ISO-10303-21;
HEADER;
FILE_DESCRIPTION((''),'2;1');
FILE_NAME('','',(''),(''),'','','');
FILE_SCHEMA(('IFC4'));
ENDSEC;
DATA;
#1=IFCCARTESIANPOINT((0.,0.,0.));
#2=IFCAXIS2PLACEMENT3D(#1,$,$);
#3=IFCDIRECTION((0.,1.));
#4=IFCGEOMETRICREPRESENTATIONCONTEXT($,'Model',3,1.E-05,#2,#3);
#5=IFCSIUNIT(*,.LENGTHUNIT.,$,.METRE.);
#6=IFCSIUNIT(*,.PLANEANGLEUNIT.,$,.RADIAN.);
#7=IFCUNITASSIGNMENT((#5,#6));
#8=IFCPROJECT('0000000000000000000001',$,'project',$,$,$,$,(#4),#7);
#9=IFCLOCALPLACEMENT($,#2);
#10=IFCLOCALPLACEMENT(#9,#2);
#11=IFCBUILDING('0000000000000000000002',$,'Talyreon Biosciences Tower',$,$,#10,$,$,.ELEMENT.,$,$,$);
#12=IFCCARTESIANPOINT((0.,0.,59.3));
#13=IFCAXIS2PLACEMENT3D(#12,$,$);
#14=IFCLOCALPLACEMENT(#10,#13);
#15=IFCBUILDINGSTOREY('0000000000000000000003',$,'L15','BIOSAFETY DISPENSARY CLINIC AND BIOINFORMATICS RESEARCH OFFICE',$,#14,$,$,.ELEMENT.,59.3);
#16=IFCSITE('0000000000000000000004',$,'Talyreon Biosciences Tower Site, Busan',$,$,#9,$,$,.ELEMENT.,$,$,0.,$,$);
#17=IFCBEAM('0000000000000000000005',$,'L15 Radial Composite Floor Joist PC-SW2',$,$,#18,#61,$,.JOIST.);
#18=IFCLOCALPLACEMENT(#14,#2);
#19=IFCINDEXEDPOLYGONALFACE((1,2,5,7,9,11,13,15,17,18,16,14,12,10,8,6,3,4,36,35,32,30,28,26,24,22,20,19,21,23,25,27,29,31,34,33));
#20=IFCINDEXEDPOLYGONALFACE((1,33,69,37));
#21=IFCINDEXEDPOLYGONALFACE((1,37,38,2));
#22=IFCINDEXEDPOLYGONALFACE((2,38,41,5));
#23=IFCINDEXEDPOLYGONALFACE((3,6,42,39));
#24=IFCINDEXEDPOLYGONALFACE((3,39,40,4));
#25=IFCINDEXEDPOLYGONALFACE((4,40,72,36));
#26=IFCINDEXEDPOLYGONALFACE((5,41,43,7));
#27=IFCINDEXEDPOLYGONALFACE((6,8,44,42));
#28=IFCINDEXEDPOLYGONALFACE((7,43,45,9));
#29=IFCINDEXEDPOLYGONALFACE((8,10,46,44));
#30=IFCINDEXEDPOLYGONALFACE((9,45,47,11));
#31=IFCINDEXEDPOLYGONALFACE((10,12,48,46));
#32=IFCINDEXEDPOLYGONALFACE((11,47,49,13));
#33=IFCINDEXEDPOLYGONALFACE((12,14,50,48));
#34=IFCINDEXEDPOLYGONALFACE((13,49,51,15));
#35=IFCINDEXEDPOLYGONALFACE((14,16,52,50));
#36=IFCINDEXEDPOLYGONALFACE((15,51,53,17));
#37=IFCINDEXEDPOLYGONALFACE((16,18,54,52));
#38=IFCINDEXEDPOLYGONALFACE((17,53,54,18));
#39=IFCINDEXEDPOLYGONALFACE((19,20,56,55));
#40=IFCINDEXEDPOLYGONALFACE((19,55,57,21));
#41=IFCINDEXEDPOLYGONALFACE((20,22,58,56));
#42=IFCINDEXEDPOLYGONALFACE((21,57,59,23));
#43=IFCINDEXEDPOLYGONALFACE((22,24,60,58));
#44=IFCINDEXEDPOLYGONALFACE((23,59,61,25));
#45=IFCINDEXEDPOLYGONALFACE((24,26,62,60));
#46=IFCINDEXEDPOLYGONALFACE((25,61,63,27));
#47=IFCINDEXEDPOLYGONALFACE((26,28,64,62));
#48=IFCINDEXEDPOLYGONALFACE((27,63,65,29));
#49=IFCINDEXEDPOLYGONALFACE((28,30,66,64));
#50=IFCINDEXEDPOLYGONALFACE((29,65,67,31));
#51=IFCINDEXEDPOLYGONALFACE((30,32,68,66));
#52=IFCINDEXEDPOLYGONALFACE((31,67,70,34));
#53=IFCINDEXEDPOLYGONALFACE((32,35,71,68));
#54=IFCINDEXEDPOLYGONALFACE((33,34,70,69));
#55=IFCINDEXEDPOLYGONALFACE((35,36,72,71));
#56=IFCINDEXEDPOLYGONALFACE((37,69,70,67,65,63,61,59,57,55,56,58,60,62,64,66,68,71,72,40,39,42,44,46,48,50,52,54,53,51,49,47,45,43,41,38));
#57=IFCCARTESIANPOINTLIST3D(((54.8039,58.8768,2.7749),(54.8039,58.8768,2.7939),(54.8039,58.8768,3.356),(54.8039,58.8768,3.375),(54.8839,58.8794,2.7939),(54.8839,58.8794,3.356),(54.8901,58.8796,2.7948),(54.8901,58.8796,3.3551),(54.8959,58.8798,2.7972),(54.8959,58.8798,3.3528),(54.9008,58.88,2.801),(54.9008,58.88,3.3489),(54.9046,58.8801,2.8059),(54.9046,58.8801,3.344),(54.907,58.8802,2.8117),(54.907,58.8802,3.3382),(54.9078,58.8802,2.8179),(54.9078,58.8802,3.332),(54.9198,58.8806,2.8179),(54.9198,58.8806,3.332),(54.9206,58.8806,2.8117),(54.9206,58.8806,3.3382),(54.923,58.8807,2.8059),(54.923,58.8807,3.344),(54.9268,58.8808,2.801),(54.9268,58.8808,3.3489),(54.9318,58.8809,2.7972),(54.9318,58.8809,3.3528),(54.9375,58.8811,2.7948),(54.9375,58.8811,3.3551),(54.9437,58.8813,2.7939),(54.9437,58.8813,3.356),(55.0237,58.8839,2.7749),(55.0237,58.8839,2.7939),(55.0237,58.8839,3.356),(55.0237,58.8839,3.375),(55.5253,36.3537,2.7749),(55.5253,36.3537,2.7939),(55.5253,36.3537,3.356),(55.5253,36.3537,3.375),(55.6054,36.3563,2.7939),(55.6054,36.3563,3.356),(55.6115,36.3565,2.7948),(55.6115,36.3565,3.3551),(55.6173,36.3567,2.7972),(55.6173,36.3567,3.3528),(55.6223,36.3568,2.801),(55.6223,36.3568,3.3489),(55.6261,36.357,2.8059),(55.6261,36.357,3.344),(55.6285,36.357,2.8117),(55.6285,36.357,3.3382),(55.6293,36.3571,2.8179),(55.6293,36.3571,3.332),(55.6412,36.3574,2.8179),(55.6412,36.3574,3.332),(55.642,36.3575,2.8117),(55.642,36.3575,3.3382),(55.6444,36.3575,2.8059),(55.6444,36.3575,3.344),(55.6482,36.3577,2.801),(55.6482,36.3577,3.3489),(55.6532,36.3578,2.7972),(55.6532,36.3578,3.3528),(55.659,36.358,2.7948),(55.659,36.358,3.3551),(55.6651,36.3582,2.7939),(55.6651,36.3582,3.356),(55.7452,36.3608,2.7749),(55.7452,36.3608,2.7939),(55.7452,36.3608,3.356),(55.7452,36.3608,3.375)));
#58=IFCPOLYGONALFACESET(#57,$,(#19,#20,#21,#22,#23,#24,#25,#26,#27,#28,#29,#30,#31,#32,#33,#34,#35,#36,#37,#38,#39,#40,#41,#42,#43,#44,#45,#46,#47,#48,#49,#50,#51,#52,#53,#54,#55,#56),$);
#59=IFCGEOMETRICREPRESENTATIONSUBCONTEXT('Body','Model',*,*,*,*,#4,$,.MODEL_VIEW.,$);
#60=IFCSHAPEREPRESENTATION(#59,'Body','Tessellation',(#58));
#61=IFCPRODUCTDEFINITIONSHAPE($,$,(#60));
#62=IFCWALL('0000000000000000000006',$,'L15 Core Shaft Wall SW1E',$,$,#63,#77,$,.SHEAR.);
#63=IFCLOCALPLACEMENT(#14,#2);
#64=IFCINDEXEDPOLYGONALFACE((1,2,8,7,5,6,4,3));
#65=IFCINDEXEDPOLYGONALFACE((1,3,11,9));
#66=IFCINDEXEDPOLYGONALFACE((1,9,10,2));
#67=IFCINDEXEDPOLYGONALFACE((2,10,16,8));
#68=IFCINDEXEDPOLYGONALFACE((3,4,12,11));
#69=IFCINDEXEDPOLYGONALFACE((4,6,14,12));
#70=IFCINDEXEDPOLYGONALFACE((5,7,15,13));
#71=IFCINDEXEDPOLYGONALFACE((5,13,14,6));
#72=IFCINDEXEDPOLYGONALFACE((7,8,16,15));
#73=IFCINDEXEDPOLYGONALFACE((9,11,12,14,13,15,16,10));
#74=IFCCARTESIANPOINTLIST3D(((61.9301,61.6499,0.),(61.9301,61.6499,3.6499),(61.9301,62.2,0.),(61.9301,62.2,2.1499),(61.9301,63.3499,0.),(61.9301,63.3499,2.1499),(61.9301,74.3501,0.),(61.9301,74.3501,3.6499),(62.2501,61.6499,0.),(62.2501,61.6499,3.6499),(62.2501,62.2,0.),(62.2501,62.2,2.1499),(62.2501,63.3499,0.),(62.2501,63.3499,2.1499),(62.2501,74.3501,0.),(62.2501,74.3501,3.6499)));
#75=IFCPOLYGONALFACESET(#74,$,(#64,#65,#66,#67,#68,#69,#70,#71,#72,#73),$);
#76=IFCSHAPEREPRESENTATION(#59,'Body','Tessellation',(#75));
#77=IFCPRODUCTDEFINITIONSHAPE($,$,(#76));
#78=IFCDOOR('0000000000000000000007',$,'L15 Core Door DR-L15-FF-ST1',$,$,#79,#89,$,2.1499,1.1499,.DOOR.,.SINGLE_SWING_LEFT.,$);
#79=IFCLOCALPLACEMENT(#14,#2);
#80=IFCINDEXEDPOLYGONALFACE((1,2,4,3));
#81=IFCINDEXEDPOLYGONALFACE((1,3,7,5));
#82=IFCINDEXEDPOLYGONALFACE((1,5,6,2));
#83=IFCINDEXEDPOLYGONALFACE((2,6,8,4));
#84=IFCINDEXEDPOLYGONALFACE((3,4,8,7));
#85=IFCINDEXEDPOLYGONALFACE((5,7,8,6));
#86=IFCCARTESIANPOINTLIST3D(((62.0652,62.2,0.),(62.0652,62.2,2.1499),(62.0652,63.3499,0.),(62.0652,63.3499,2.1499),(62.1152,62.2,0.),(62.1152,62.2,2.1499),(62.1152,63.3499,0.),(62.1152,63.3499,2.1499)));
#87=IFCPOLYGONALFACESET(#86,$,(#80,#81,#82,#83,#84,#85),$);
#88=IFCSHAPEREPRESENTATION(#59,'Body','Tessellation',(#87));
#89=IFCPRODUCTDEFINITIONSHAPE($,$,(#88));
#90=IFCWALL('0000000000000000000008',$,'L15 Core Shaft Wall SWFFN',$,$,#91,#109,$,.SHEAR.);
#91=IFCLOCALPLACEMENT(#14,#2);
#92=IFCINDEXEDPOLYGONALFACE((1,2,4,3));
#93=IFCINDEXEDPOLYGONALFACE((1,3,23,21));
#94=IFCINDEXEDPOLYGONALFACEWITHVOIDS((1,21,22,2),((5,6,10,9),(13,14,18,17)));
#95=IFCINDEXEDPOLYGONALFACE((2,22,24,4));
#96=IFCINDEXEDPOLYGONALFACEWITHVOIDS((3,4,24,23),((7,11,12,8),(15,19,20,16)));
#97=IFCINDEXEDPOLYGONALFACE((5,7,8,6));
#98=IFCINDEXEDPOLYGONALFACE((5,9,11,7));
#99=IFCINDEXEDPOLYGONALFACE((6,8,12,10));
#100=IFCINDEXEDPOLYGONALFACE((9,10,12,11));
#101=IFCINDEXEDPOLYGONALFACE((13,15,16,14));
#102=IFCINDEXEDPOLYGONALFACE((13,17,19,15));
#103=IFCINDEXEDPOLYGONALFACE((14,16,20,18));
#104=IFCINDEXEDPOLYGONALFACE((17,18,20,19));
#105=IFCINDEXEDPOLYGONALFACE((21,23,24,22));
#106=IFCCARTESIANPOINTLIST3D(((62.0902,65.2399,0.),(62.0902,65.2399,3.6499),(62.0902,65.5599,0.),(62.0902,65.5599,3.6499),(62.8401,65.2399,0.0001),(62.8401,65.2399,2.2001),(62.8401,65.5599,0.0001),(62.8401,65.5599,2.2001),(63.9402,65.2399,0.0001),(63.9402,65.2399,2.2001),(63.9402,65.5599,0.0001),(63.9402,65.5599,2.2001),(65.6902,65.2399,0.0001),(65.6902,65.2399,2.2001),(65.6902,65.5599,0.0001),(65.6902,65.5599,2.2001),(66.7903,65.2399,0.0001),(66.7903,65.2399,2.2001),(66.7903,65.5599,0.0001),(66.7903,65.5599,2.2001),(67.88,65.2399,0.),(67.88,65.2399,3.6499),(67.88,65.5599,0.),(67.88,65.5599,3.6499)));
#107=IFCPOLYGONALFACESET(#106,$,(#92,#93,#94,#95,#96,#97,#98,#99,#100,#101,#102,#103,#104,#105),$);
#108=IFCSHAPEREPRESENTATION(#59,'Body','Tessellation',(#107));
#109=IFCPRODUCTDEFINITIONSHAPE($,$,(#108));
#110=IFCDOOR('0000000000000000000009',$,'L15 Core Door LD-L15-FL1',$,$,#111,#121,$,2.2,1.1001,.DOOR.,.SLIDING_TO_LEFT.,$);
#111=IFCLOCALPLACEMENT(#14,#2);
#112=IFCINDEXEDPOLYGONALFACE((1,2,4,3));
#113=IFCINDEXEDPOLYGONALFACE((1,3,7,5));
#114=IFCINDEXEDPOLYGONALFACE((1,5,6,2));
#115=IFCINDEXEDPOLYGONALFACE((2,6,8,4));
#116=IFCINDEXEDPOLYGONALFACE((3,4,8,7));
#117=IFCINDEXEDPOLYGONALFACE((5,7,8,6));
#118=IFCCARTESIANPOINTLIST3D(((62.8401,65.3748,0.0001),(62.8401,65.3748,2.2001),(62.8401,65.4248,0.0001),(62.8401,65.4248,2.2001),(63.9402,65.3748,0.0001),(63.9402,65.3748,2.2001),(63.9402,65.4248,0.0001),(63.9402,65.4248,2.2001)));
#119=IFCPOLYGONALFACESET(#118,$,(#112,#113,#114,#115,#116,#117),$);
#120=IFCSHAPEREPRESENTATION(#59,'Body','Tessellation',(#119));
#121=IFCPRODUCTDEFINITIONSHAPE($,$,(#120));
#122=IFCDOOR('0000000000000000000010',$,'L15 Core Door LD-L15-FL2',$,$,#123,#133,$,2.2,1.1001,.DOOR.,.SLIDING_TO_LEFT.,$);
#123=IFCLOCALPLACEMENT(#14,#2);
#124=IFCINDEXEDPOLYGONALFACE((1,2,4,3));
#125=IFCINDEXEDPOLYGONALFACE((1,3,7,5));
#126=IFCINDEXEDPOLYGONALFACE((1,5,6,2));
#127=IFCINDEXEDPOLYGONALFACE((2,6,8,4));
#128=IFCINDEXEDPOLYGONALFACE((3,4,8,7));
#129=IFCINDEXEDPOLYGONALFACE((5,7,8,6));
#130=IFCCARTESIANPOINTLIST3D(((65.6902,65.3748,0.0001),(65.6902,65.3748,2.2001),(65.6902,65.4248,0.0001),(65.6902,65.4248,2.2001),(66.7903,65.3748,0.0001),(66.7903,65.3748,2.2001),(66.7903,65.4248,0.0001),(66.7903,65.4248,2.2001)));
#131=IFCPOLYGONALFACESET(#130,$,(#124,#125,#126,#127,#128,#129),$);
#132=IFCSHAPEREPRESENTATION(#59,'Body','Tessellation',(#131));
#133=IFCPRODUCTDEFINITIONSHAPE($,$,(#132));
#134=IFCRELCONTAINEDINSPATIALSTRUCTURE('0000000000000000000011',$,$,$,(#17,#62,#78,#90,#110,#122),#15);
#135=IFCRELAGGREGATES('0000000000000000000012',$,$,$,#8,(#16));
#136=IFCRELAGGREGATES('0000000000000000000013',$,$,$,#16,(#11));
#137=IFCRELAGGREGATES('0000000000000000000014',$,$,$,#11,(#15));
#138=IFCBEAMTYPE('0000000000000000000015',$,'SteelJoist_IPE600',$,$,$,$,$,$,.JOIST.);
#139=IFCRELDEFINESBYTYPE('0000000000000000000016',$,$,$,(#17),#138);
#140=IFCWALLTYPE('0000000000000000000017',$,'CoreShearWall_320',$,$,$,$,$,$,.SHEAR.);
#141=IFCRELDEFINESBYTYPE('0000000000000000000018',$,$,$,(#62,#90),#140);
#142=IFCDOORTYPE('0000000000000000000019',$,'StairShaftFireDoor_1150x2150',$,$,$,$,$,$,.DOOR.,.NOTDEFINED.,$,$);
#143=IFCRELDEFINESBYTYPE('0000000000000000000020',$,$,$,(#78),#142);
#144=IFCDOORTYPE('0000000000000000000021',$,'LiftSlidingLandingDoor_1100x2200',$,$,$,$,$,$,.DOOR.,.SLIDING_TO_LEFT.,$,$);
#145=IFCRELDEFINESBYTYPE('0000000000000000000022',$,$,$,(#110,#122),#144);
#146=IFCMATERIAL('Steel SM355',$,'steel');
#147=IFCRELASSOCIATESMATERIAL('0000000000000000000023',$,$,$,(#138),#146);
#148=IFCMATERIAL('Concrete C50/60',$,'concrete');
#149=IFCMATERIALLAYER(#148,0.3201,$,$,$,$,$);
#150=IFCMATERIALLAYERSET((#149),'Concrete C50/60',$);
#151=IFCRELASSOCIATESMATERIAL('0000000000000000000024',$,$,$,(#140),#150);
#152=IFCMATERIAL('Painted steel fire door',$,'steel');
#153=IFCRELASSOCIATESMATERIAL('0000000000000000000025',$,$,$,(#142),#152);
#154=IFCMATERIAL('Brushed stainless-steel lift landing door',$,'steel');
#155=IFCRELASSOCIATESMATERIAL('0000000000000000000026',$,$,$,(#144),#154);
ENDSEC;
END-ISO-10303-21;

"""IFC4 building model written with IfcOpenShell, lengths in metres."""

from ifc_helpers import new_model, si_unit, direction, frame, frame_2d, origin, origin_2d, place, context, subcontext, project, spatial, rectangle, i_section, extrude, material, layer, layer_set, material_profile, profile_set, type_object, element, fill, save


model = new_model("IFC4")

# Units and contexts
model_context = context("Model", 3, precision=1e-05, world=origin(), true_north=direction((0.0, 1.0)))
body_context = subcontext(model_context, "Body", "Model", "MODEL_VIEW")
ifc_project = project(units=[si_unit("LENGTHUNIT", "METRE"), si_unit("PLANEANGLEUNIT", "RADIAN")], contexts=[model_context])

# Site, building, storey
site_placement = place(None, origin())
site = spatial("IfcSite", under=ifc_project, at=site_placement, Name="Talyreon Biosciences Tower Site, Busan", CompositionType="ELEMENT", RefElevation=0.0)
building_placement = place(site_placement, origin())
building = spatial("IfcBuilding", under=site, at=building_placement, Name="Talyreon Biosciences Tower", CompositionType="ELEMENT")
storey_placement = place(building_placement, frame((0.0, 0.0, 59.3)))
storey = spatial("IfcBuildingStorey", under=building, at=storey_placement, Name="L15", Description="BIOSAFETY DISPENSARY CLINIC AND BIOINFORMATICS RESEARCH OFFICE", CompositionType="ELEMENT", Elevation=59.3)

# Beam
ifc_material_1 = material(Name="Steel SM355", Category="steel")
ifc_material_profile_1 = material_profile(ifc_material_1, i_section(OverallWidth=0.22, OverallDepth=0.6001, WebThickness=0.012, FlangeThickness=0.019, FilletRadius=0.0239, at=origin_2d()), Name="IPE600")
ifc_profile_set_1 = profile_set([ifc_material_profile_1], Name="Steel SM355")
beam_type_1 = type_object("IfcBeamType", Name="SteelJoist_IPE600", PredefinedType="JOIST", material=ifc_profile_set_1)
beam_1_placement = place(storey_placement, frame((54.9138, 58.8804, 3.075), z_axis=(0.032014, -0.999487, 0.0), x_axis=(0.999487, 0.032014, 0.0)))
element("IfcBeam", 1, at=beam_1_placement, inside=storey, type_object=beam_type_1, Name="L15 Radial Composite Floor Joist PC-SW2", PredefinedType="JOIST", context=body_context, shape_type="SweptSolid", body=[
    extrude(i_section(OverallWidth=0.22, OverallDepth=0.6001, WebThickness=0.012, FlangeThickness=0.019, FilletRadius=0.0239, at=origin_2d()), origin(), (0.0, 0.0, 1.0), 22.5347),
])

# Wall, opening, door
ifc_material_2 = material(Name="Concrete C50/60", Category="concrete")
ifc_layer_1 = layer(ifc_material_2, 0.3201)
ifc_layer_set_1 = layer_set([ifc_layer_1], Name="Concrete C50/60")
wall_type_1 = type_object("IfcWallType", Name="CoreShearWall_320", PredefinedType="SHEAR", material=ifc_layer_set_1)
wall_1_placement = place(storey_placement, frame((62.0901, 61.6499, 0.0), z_axis=(0.0, 0.0, 1.0), x_axis=(0.0, 1.0, 0.0)))
wall_1 = element("IfcWall", 2, at=wall_1_placement, inside=storey, type_object=wall_type_1, Name="L15 Core Shaft Wall SW1E", PredefinedType="SHEAR", context=body_context, shape_type="SweptSolid", body=[
    extrude(rectangle(XDim=12.7002, YDim=0.3201, at=frame_2d((6.3501, 0.0))), origin(), (0.0, 0.0, 1.0), 3.6499),
])
opening_1_placement = place(wall_1_placement, frame((0.55, 0.0, 0.0)))
opening_1 = element("IfcOpeningElement", 3, at=opening_1_placement, cuts=wall_1, PredefinedType="OPENING", context=body_context, shape_type="SweptSolid", body=[
    extrude(rectangle(XDim=1.1499, YDim=2.1499, at=frame_2d((0.575, 1.075))), frame((0.0, 0.1699, 0.0), z_axis=(0.0, -1.0, 0.0), x_axis=(1.0, 0.0, 0.0)), (0.0, 0.0, 1.0), 0.3401),
])
ifc_material_3 = material(Name="Painted steel fire door", Category="steel")
door_type_1 = type_object("IfcDoorType", Name="StairShaftFireDoor_1150x2150", OperationType="NOTDEFINED", PredefinedType="DOOR", material=ifc_material_3)
door_1_placement = place(opening_1_placement, origin())
door_1 = element("IfcDoor", 4, at=door_1_placement, inside=storey, type_object=door_type_1, Name="L15 Core Door DR-L15-FF-ST1", OperationType="SINGLE_SWING_LEFT", OverallHeight=2.1499, OverallWidth=1.1499, PredefinedType="DOOR", context=body_context, shape_type="SweptSolid", body=[
    extrude(rectangle(XDim=1.1499, YDim=2.1499, at=frame_2d((0.575, 1.075))), frame((0.0, 0.0249, 0.0), z_axis=(0.0, -1.0, 0.0), x_axis=(1.0, 0.0, 0.0)), (0.0, 0.0, 1.0), 0.05),
])
fill(opening_1, door_1)

# Wall, openings, doors
wall_2_placement = place(storey_placement, frame((62.0901, 65.3999, 0.0), z_axis=(0.0, 0.0, 1.0), x_axis=(1.0, 0.0, 0.0)))
wall_2 = element("IfcWall", 5, at=wall_2_placement, inside=storey, type_object=wall_type_1, Name="L15 Core Shaft Wall SWFFN", PredefinedType="SHEAR", context=body_context, shape_type="SweptSolid", body=[
    extrude(rectangle(XDim=5.7898, YDim=0.3201, at=frame_2d((2.895, 0.0))), origin(), (0.0, 0.0, 1.0), 3.6499),
])
opening_2_placement = place(wall_2_placement, frame((0.75, 0.0, 0.0)))
opening_2 = element("IfcOpeningElement", 6, at=opening_2_placement, cuts=wall_2, PredefinedType="OPENING", context=body_context, shape_type="SweptSolid", body=[
    extrude(rectangle(XDim=1.1001, YDim=2.2, at=frame_2d((0.55, 1.1001))), frame((0.0, 0.1699, 0.0), z_axis=(0.0, -1.0, 0.0), x_axis=(1.0, 0.0, 0.0)), (0.0, 0.0, 1.0), 0.3401),
])
opening_3_placement = place(wall_2_placement, frame((3.6001, 0.0, 0.0)))
opening_3 = element("IfcOpeningElement", 7, at=opening_3_placement, cuts=wall_2, PredefinedType="OPENING", context=body_context, shape_type="SweptSolid", body=[
    extrude(rectangle(XDim=1.1001, YDim=2.2, at=frame_2d((0.55, 1.1001))), frame((0.0, 0.1699, 0.0), z_axis=(0.0, -1.0, 0.0), x_axis=(1.0, 0.0, 0.0)), (0.0, 0.0, 1.0), 0.3401),
])
ifc_material_4 = material(Name="Brushed stainless-steel lift landing door", Category="steel")
door_type_2 = type_object("IfcDoorType", Name="LiftSlidingLandingDoor_1100x2200", OperationType="SLIDING_TO_LEFT", PredefinedType="DOOR", material=ifc_material_4)
door_2_placement = place(opening_2_placement, origin())
door_2 = element("IfcDoor", 8, at=door_2_placement, inside=storey, type_object=door_type_2, Name="L15 Core Door LD-L15-FL1", OperationType="SLIDING_TO_LEFT", OverallHeight=2.2, OverallWidth=1.1001, PredefinedType="DOOR", context=body_context, shape_type="SweptSolid", body=[
    extrude(rectangle(XDim=1.1001, YDim=2.2, at=frame_2d((0.55, 1.1001))), frame((0.0, 0.0249, 0.0), z_axis=(0.0, -1.0, 0.0), x_axis=(1.0, 0.0, 0.0)), (0.0, 0.0, 1.0), 0.05),
])
fill(opening_2, door_2)
door_3_placement = place(opening_3_placement, origin())
door_3 = element("IfcDoor", 9, at=door_3_placement, inside=storey, type_object=door_type_2, Name="L15 Core Door LD-L15-FL2", OperationType="SLIDING_TO_LEFT", OverallHeight=2.2, OverallWidth=1.1001, PredefinedType="DOOR", context=body_context, shape_type="SweptSolid", body=[
    extrude(rectangle(XDim=1.1001, YDim=2.2, at=frame_2d((0.55, 1.1001))), frame((0.0, 0.0249, 0.0), z_axis=(0.0, -1.0, 0.0), x_axis=(1.0, 0.0, 0.0)), (0.0, 0.0, 1.0), 0.05),
])
fill(opening_3, door_3)

save(model, "model.ifc")
